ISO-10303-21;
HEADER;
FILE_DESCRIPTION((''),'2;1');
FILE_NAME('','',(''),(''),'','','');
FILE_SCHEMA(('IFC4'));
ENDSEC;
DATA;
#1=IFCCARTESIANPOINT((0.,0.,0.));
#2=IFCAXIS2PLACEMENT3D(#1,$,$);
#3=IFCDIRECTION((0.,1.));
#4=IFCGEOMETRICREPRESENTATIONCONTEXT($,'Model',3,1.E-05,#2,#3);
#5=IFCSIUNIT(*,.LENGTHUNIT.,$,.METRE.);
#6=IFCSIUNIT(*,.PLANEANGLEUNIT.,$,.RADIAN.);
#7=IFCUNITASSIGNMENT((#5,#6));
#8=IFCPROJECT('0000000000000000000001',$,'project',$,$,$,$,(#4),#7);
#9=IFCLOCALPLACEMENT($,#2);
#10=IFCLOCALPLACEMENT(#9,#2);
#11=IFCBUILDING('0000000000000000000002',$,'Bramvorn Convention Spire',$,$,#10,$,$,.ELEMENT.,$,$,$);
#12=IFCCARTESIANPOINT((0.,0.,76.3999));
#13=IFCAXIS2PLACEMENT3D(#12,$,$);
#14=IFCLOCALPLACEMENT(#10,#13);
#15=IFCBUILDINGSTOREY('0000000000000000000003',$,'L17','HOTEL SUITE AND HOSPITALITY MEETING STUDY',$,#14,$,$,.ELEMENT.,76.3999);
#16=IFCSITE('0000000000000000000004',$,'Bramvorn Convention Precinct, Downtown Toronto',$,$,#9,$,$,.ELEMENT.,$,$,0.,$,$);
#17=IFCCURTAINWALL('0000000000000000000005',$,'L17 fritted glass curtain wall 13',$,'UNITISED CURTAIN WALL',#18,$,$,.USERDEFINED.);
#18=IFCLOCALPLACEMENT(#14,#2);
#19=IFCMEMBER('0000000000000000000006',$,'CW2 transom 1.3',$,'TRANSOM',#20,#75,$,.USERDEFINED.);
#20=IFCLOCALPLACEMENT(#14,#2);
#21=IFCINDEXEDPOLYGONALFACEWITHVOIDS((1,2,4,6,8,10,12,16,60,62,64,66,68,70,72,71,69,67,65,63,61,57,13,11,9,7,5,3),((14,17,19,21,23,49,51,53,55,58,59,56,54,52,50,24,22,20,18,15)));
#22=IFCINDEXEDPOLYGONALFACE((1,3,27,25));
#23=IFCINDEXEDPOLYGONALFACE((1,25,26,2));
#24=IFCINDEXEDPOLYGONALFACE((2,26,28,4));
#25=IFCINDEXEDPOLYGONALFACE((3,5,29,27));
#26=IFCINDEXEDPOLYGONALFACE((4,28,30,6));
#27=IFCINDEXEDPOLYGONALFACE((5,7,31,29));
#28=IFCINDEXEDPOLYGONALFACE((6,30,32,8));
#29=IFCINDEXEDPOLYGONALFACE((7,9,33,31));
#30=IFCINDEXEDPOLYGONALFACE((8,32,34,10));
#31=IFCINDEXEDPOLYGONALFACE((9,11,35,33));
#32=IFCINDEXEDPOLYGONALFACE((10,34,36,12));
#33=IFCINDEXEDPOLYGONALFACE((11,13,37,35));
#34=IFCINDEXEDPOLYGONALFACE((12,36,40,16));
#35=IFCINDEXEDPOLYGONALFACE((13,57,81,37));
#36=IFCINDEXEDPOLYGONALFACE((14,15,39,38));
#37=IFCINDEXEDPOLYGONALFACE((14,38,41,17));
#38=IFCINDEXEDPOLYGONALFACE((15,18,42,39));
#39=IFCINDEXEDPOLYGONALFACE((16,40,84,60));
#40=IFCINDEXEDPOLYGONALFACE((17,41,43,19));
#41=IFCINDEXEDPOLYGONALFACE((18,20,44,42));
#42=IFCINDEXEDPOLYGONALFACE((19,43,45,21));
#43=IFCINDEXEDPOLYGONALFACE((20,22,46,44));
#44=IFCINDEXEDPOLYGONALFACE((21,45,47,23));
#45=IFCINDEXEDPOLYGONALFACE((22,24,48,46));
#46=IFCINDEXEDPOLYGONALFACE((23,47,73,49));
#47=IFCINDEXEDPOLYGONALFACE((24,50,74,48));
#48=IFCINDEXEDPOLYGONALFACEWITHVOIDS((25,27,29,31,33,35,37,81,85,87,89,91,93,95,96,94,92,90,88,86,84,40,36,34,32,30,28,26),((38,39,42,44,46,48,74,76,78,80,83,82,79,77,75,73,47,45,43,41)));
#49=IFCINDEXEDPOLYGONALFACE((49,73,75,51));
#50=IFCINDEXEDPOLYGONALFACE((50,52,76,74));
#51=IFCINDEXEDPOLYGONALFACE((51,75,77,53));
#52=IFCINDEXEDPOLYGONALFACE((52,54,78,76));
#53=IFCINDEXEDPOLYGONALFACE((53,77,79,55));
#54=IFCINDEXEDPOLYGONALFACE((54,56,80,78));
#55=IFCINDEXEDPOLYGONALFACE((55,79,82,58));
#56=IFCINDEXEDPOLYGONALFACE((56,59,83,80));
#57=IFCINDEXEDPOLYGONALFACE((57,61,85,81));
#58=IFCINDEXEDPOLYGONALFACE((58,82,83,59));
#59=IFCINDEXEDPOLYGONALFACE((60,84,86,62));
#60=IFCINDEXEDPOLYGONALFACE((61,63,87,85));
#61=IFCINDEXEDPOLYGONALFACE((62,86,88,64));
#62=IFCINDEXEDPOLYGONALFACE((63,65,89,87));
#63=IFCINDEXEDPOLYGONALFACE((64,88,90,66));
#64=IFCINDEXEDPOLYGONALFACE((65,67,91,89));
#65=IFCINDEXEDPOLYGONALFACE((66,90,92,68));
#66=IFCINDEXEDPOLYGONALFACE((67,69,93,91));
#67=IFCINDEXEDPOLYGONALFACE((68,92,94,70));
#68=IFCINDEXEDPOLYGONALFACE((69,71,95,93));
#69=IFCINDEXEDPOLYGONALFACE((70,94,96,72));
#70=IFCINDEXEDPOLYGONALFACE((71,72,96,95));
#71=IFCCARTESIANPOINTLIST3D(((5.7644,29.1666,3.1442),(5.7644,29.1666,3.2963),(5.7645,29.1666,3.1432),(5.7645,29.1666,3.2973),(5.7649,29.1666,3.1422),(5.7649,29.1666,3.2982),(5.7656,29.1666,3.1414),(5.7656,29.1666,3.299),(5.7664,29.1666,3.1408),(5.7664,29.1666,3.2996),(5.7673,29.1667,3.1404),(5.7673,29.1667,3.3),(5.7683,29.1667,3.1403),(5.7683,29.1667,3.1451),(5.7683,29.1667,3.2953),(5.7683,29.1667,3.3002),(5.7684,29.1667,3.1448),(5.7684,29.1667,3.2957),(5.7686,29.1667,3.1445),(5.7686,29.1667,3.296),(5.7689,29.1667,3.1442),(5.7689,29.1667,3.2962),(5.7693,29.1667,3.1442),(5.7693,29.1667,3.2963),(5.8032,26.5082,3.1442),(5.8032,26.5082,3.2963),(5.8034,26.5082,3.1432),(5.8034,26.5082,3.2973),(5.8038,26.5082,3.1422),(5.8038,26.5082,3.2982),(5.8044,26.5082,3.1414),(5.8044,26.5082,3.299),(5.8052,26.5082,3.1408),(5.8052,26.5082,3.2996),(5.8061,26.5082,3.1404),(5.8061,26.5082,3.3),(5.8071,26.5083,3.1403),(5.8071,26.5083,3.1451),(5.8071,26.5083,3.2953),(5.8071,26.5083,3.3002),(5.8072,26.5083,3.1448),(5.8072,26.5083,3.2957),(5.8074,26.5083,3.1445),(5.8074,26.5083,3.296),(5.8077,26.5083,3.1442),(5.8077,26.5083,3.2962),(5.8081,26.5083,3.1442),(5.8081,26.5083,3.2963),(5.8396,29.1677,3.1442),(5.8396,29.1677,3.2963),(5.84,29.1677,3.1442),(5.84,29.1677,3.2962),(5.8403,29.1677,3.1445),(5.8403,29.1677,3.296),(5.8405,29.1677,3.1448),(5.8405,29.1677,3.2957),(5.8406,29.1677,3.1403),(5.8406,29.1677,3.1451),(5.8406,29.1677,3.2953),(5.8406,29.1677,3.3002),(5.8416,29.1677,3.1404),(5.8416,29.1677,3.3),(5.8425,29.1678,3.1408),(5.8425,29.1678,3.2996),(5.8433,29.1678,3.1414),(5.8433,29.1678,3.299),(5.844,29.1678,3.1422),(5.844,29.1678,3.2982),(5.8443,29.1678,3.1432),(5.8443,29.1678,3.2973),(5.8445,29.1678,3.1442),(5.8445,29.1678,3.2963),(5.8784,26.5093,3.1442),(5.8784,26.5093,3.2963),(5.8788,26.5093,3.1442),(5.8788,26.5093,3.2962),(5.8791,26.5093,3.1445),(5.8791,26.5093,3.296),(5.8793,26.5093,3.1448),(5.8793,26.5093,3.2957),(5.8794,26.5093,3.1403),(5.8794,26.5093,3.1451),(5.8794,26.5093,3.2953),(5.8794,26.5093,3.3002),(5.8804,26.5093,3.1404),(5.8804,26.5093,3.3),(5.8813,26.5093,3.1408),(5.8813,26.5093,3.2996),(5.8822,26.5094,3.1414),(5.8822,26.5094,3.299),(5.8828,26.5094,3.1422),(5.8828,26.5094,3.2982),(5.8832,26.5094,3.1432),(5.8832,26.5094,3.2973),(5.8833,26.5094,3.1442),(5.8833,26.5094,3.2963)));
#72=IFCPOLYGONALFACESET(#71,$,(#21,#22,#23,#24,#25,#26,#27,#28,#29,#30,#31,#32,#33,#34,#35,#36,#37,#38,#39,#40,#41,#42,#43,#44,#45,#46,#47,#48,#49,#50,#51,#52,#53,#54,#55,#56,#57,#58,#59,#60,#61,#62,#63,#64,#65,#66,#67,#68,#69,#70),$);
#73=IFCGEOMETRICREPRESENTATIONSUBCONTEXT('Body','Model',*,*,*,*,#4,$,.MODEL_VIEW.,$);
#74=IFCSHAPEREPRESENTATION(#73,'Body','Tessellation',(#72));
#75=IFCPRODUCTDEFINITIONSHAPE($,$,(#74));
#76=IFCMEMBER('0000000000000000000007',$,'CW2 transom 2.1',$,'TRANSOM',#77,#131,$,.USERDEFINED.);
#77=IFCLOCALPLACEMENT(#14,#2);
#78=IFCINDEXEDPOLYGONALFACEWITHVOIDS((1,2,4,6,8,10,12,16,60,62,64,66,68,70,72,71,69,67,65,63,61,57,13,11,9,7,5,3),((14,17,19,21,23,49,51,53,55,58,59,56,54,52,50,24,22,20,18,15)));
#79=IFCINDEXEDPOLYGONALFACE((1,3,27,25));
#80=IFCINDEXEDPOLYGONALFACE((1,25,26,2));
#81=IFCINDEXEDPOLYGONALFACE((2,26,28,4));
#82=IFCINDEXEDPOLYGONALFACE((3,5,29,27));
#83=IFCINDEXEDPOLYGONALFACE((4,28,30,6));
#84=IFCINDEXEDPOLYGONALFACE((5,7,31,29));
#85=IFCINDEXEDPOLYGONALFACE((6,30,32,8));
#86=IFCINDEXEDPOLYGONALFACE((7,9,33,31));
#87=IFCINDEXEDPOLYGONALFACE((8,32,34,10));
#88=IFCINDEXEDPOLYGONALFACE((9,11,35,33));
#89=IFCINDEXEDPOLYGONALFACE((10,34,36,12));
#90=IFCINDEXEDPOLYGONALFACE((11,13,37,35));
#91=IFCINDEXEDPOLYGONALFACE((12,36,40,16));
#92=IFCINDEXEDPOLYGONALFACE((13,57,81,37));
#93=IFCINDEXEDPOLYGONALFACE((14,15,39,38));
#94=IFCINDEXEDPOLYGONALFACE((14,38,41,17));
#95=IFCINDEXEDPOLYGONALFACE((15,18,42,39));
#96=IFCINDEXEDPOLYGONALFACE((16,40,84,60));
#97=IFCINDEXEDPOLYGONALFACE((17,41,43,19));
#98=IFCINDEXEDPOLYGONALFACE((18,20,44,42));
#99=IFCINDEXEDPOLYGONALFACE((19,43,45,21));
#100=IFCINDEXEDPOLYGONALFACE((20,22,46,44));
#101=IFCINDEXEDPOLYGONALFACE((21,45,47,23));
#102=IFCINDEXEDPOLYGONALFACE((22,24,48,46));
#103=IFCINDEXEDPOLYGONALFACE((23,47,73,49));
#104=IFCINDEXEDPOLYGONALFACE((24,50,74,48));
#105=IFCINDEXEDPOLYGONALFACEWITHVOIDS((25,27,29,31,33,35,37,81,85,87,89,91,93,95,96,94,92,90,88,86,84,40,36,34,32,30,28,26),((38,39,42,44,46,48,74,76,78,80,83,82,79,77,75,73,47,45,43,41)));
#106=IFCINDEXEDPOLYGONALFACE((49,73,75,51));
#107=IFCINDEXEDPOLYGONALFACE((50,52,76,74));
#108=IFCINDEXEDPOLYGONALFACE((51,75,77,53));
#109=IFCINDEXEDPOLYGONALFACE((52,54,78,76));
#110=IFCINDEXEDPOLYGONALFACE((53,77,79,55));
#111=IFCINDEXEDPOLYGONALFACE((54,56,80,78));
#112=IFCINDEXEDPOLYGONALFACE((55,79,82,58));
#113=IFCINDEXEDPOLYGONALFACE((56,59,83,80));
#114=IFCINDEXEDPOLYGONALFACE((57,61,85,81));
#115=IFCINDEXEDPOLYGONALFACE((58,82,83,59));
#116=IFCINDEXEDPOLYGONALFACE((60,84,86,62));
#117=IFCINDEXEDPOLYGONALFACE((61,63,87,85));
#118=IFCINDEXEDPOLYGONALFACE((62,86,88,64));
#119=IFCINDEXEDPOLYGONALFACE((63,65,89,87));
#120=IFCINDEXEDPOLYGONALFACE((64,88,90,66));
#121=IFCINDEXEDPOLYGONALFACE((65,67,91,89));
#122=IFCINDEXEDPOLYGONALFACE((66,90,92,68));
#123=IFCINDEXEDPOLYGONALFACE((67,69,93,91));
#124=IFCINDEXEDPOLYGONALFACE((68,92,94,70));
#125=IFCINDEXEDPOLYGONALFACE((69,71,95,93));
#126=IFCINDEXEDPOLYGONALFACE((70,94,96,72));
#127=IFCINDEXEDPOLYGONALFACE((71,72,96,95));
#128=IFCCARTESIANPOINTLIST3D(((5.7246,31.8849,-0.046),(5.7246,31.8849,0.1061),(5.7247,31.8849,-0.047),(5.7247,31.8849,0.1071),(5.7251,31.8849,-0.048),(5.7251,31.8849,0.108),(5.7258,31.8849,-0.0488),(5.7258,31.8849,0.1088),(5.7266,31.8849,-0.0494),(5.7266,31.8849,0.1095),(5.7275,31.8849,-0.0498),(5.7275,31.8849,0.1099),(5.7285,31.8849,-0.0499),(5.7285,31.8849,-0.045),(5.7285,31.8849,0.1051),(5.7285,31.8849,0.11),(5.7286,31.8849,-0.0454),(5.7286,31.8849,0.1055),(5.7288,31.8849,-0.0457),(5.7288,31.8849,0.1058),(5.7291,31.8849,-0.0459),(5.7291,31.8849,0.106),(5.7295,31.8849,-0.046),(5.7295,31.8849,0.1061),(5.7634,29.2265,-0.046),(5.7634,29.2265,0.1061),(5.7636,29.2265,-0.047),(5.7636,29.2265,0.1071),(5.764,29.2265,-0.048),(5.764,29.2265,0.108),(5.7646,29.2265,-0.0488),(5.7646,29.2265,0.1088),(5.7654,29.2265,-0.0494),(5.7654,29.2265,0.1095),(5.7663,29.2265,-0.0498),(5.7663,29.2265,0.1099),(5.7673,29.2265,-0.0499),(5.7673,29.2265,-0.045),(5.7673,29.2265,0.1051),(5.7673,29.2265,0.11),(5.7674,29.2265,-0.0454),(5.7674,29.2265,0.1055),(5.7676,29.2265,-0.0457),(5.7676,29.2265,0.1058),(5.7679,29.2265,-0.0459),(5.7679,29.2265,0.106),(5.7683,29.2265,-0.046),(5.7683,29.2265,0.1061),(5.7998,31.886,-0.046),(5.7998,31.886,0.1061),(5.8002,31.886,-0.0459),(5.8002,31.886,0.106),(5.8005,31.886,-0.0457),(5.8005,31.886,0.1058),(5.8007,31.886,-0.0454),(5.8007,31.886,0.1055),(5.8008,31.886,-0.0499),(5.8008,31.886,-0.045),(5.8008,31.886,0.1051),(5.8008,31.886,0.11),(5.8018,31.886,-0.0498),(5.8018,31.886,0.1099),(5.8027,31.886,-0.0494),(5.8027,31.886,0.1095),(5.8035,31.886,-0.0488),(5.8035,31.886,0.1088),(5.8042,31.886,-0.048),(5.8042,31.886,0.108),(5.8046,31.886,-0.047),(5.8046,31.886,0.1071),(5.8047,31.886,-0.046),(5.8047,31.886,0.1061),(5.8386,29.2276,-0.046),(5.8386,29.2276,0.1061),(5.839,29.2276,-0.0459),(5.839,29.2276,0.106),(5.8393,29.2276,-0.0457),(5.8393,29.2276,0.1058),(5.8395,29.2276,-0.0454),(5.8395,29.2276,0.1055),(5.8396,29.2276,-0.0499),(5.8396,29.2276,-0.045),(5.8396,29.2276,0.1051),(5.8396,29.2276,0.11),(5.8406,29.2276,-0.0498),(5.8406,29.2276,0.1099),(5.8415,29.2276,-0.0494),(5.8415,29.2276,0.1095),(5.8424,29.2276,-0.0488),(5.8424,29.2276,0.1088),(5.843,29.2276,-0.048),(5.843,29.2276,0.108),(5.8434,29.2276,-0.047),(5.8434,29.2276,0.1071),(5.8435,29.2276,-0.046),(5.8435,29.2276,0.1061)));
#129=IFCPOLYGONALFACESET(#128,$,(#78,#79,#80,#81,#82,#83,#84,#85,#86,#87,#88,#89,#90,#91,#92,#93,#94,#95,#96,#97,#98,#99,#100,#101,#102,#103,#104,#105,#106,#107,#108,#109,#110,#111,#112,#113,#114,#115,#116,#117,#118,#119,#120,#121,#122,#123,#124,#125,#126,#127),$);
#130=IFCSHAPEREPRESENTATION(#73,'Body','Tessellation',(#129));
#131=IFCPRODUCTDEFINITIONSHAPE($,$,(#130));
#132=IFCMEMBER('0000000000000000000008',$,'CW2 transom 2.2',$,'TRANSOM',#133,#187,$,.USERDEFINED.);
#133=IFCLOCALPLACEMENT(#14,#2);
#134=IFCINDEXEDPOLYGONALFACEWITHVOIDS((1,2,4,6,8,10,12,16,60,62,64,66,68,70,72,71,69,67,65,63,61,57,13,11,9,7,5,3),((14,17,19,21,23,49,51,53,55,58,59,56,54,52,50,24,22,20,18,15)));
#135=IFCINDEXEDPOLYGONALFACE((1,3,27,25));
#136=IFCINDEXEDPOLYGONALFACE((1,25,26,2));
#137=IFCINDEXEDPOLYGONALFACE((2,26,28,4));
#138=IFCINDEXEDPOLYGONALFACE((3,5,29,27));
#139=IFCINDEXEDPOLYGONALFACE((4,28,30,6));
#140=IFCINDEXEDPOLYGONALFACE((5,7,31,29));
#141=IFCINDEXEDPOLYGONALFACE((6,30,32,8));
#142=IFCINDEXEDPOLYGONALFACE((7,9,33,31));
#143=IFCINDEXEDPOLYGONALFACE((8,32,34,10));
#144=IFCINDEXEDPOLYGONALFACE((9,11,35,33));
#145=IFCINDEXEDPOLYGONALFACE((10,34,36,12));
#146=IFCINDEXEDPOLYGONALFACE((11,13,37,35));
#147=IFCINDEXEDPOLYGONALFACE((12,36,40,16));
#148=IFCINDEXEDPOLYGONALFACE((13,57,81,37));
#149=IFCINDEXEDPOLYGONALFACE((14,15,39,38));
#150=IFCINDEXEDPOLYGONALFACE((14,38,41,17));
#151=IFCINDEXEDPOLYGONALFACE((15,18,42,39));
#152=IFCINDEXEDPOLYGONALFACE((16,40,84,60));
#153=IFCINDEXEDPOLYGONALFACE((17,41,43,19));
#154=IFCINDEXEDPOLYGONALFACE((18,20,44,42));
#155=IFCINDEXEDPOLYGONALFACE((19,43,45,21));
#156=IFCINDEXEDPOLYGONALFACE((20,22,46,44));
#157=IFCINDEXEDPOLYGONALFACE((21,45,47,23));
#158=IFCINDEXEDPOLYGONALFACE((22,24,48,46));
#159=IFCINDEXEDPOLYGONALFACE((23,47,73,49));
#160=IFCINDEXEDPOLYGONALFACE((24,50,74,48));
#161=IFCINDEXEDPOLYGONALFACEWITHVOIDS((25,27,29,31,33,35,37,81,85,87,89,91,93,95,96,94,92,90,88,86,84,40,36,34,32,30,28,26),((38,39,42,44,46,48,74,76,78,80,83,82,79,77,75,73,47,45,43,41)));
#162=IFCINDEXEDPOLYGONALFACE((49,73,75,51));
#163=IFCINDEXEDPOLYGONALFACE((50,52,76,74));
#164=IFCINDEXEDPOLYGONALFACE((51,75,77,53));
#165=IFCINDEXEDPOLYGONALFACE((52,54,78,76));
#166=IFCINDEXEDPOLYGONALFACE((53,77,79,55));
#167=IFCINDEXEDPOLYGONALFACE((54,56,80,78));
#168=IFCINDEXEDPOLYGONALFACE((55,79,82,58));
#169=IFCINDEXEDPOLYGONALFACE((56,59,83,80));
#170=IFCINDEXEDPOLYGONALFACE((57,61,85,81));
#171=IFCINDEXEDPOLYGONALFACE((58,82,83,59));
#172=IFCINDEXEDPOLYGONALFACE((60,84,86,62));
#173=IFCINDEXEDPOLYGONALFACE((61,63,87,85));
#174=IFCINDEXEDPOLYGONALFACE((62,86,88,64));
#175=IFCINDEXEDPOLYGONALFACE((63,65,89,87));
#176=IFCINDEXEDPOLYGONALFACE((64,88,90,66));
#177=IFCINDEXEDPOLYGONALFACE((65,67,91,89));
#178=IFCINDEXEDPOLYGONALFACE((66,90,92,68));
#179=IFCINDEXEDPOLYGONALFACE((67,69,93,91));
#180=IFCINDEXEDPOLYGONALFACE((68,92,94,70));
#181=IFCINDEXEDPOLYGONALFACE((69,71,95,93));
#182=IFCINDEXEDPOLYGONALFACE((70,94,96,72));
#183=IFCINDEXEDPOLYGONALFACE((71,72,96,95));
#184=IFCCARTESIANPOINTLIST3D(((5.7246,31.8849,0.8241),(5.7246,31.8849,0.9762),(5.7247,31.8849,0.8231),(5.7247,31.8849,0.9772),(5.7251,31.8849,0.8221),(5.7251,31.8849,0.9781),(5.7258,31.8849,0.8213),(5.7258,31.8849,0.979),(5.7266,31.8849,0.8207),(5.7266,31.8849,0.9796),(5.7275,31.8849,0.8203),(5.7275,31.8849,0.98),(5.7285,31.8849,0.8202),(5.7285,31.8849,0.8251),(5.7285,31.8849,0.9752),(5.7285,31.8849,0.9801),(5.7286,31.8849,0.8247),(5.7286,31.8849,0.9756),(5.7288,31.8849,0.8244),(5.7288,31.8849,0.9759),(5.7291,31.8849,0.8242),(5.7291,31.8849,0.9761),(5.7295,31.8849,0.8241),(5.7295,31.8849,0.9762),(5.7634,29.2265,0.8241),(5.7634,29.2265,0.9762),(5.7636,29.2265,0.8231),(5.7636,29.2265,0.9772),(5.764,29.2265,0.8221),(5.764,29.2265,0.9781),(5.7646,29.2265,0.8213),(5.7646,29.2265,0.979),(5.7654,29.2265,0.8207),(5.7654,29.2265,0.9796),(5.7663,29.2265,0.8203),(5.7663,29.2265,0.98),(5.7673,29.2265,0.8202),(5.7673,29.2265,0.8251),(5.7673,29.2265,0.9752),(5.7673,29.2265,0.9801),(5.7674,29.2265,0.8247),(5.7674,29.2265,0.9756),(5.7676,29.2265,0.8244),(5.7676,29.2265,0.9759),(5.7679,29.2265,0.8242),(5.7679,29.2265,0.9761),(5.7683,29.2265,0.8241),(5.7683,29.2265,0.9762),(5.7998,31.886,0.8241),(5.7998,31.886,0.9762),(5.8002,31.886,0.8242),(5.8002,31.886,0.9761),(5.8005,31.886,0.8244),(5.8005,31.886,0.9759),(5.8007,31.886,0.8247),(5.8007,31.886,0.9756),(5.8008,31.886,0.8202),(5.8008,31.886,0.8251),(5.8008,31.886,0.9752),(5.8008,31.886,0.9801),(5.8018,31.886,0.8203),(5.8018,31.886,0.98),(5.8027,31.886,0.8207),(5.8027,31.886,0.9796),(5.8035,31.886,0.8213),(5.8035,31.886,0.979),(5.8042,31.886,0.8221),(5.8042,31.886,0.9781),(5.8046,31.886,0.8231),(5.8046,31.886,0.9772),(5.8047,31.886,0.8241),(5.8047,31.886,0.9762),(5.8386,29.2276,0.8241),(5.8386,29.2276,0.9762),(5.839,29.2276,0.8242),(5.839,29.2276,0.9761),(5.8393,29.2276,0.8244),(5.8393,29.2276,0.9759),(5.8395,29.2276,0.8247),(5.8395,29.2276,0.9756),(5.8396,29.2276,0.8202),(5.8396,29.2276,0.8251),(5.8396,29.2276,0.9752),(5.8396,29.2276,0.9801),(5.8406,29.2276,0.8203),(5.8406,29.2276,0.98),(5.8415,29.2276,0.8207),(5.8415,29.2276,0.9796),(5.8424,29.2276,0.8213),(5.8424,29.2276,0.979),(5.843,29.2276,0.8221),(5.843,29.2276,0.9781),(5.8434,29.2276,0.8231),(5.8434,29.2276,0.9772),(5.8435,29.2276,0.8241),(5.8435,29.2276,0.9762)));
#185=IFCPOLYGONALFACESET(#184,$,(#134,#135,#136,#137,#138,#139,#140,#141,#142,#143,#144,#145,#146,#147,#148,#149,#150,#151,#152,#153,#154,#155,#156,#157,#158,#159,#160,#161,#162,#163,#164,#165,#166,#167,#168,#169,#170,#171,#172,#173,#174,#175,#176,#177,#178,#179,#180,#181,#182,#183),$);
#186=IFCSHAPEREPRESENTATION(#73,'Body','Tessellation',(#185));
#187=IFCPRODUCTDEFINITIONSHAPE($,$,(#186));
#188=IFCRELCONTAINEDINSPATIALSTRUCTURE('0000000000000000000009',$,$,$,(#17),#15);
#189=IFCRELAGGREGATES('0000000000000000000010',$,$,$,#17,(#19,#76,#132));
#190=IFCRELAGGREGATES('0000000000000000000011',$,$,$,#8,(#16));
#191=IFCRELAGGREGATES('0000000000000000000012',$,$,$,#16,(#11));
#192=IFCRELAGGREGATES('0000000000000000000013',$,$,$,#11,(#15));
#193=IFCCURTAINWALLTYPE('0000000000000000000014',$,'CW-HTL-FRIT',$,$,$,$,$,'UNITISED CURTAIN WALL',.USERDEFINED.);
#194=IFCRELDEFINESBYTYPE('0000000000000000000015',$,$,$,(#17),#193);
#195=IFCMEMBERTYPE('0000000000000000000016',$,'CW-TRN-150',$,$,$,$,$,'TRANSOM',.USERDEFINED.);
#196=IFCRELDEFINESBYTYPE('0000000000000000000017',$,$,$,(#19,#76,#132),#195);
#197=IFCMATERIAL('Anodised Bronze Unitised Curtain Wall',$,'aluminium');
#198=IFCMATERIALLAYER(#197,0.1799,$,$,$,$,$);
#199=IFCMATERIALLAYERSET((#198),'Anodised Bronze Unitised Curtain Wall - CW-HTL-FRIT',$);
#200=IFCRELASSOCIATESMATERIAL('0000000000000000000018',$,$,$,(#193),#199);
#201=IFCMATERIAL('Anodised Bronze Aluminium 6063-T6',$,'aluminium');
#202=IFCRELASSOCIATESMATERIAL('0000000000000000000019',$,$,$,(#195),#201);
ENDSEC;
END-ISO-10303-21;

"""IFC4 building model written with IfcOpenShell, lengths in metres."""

from ifc_helpers import new_model, si_unit, direction, frame, origin, origin_2d, place, context, subcontext, project, spatial, hollow_rectangle, extrude, material, layer, layer_set, material_profile, profile_set, type_object, element, aggregate, save


model = new_model("IFC4")

# Units and contexts
model_context = context("Model", 3, precision=1e-05, world=origin(), true_north=direction((0.0, 1.0)))
body_context = subcontext(model_context, "Body", "Model", "MODEL_VIEW")
ifc_project = project(units=[si_unit("LENGTHUNIT", "METRE"), si_unit("PLANEANGLEUNIT", "RADIAN")], contexts=[model_context])

# Site, building, storey
site_placement = place(None, origin())
site = spatial("IfcSite", under=ifc_project, at=site_placement, Name="Bramvorn Convention Precinct, Downtown Toronto", CompositionType="ELEMENT", RefElevation=0.0)
building_placement = place(site_placement, origin())
building = spatial("IfcBuilding", under=site, at=building_placement, Name="Bramvorn Convention Spire", CompositionType="ELEMENT")
storey_placement = place(building_placement, frame((0.0, 0.0, 76.3999)))
storey = spatial("IfcBuildingStorey", under=building, at=storey_placement, Name="L17", Description="HOTEL SUITE AND HOSPITALITY MEETING STUDY", CompositionType="ELEMENT", Elevation=76.3999)

# Shared definitions
ifc_material_1 = material(Name="Anodised Bronze Unitised Curtain Wall", Category="aluminium")
ifc_layer_1 = layer(ifc_material_1, 0.1799)
ifc_layer_set_1 = layer_set([ifc_layer_1], Name="Anodised Bronze Unitised Curtain Wall - CW-HTL-FRIT")
curtain_wall_type = type_object("IfcCurtainWallType", Name="CW-HTL-FRIT", ElementType="UNITISED CURTAIN WALL", PredefinedType="USERDEFINED", material=ifc_layer_set_1)
ifc_material_2 = material(Name="Anodised Bronze Aluminium 6063-T6", Category="aluminium")

# Curtain wall
curtain_wall_1_placement = place(storey_placement, origin())
curtain_wall_1 = element("IfcCurtainWall", 1, at=curtain_wall_1_placement, inside=storey, type_object=curtain_wall_type, Name="L17 fritted glass curtain wall 13", ObjectType="UNITISED CURTAIN WALL", PredefinedType="USERDEFINED")

# Members
ifc_material_profile_1 = material_profile(ifc_material_2, hollow_rectangle(XDim=0.0801, YDim=0.1599, WallThickness=0.0039, InnerFilletRadius=0.001, OuterFilletRadius=0.0039, at=origin_2d()))
ifc_profile_set_1 = profile_set([ifc_material_profile_1], Name="Anodised Bronze Aluminium 6063-T6 - CWT80X160")
member_type_1 = type_object("IfcMemberType", Name="CW-TRN-150", ElementType="TRANSOM", PredefinedType="USERDEFINED", material=ifc_profile_set_1)
member_1_placement = place(storey_placement, frame((5.8433, 26.5088, 3.2202), z_axis=(-0.0146, 0.999893, 0.0), x_axis=(-0.999893, -0.0146, 0.0)))
member_1 = element("IfcMember", 2, at=member_1_placement, type_object=member_type_1, Name="CW2 transom 1.3", ObjectType="TRANSOM", PredefinedType="USERDEFINED", context=body_context, shape_type="SweptSolid", body=[
    extrude(hollow_rectangle(XDim=0.0801, YDim=0.1599, WallThickness=0.0039, InnerFilletRadius=0.001, OuterFilletRadius=0.0039, at=origin_2d()), origin(), (0.0, 0.0, 1.0), 2.6587),
])
member_2_placement = place(storey_placement, frame((5.8035, 29.2271, 0.03), z_axis=(-0.0146, 0.999893, 0.0), x_axis=(-0.999893, -0.0146, 0.0)))
member_2 = element("IfcMember", 3, at=member_2_placement, type_object=member_type_1, Name="CW2 transom 2.1", ObjectType="TRANSOM", PredefinedType="USERDEFINED", context=body_context, shape_type="SweptSolid", body=[
    extrude(hollow_rectangle(XDim=0.0801, YDim=0.1599, WallThickness=0.0039, InnerFilletRadius=0.001, OuterFilletRadius=0.0039, at=origin_2d()), origin(), (0.0, 0.0, 1.0), 2.6587),
])
member_3_placement = place(storey_placement, frame((5.8035, 29.2271, 0.9001), z_axis=(-0.0146, 0.999893, 0.0), x_axis=(-0.999893, -0.0146, 0.0)))
member_3 = element("IfcMember", 4, at=member_3_placement, type_object=member_type_1, Name="CW2 transom 2.2", ObjectType="TRANSOM", PredefinedType="USERDEFINED", context=body_context, shape_type="SweptSolid", body=[
    extrude(hollow_rectangle(XDim=0.0801, YDim=0.1599, WallThickness=0.0039, InnerFilletRadius=0.001, OuterFilletRadius=0.0039, at=origin_2d()), origin(), (0.0, 0.0, 1.0), 2.6587),
])

aggregate(curtain_wall_1, [member_1, member_2, member_3])

save(model, "model.ifc")
